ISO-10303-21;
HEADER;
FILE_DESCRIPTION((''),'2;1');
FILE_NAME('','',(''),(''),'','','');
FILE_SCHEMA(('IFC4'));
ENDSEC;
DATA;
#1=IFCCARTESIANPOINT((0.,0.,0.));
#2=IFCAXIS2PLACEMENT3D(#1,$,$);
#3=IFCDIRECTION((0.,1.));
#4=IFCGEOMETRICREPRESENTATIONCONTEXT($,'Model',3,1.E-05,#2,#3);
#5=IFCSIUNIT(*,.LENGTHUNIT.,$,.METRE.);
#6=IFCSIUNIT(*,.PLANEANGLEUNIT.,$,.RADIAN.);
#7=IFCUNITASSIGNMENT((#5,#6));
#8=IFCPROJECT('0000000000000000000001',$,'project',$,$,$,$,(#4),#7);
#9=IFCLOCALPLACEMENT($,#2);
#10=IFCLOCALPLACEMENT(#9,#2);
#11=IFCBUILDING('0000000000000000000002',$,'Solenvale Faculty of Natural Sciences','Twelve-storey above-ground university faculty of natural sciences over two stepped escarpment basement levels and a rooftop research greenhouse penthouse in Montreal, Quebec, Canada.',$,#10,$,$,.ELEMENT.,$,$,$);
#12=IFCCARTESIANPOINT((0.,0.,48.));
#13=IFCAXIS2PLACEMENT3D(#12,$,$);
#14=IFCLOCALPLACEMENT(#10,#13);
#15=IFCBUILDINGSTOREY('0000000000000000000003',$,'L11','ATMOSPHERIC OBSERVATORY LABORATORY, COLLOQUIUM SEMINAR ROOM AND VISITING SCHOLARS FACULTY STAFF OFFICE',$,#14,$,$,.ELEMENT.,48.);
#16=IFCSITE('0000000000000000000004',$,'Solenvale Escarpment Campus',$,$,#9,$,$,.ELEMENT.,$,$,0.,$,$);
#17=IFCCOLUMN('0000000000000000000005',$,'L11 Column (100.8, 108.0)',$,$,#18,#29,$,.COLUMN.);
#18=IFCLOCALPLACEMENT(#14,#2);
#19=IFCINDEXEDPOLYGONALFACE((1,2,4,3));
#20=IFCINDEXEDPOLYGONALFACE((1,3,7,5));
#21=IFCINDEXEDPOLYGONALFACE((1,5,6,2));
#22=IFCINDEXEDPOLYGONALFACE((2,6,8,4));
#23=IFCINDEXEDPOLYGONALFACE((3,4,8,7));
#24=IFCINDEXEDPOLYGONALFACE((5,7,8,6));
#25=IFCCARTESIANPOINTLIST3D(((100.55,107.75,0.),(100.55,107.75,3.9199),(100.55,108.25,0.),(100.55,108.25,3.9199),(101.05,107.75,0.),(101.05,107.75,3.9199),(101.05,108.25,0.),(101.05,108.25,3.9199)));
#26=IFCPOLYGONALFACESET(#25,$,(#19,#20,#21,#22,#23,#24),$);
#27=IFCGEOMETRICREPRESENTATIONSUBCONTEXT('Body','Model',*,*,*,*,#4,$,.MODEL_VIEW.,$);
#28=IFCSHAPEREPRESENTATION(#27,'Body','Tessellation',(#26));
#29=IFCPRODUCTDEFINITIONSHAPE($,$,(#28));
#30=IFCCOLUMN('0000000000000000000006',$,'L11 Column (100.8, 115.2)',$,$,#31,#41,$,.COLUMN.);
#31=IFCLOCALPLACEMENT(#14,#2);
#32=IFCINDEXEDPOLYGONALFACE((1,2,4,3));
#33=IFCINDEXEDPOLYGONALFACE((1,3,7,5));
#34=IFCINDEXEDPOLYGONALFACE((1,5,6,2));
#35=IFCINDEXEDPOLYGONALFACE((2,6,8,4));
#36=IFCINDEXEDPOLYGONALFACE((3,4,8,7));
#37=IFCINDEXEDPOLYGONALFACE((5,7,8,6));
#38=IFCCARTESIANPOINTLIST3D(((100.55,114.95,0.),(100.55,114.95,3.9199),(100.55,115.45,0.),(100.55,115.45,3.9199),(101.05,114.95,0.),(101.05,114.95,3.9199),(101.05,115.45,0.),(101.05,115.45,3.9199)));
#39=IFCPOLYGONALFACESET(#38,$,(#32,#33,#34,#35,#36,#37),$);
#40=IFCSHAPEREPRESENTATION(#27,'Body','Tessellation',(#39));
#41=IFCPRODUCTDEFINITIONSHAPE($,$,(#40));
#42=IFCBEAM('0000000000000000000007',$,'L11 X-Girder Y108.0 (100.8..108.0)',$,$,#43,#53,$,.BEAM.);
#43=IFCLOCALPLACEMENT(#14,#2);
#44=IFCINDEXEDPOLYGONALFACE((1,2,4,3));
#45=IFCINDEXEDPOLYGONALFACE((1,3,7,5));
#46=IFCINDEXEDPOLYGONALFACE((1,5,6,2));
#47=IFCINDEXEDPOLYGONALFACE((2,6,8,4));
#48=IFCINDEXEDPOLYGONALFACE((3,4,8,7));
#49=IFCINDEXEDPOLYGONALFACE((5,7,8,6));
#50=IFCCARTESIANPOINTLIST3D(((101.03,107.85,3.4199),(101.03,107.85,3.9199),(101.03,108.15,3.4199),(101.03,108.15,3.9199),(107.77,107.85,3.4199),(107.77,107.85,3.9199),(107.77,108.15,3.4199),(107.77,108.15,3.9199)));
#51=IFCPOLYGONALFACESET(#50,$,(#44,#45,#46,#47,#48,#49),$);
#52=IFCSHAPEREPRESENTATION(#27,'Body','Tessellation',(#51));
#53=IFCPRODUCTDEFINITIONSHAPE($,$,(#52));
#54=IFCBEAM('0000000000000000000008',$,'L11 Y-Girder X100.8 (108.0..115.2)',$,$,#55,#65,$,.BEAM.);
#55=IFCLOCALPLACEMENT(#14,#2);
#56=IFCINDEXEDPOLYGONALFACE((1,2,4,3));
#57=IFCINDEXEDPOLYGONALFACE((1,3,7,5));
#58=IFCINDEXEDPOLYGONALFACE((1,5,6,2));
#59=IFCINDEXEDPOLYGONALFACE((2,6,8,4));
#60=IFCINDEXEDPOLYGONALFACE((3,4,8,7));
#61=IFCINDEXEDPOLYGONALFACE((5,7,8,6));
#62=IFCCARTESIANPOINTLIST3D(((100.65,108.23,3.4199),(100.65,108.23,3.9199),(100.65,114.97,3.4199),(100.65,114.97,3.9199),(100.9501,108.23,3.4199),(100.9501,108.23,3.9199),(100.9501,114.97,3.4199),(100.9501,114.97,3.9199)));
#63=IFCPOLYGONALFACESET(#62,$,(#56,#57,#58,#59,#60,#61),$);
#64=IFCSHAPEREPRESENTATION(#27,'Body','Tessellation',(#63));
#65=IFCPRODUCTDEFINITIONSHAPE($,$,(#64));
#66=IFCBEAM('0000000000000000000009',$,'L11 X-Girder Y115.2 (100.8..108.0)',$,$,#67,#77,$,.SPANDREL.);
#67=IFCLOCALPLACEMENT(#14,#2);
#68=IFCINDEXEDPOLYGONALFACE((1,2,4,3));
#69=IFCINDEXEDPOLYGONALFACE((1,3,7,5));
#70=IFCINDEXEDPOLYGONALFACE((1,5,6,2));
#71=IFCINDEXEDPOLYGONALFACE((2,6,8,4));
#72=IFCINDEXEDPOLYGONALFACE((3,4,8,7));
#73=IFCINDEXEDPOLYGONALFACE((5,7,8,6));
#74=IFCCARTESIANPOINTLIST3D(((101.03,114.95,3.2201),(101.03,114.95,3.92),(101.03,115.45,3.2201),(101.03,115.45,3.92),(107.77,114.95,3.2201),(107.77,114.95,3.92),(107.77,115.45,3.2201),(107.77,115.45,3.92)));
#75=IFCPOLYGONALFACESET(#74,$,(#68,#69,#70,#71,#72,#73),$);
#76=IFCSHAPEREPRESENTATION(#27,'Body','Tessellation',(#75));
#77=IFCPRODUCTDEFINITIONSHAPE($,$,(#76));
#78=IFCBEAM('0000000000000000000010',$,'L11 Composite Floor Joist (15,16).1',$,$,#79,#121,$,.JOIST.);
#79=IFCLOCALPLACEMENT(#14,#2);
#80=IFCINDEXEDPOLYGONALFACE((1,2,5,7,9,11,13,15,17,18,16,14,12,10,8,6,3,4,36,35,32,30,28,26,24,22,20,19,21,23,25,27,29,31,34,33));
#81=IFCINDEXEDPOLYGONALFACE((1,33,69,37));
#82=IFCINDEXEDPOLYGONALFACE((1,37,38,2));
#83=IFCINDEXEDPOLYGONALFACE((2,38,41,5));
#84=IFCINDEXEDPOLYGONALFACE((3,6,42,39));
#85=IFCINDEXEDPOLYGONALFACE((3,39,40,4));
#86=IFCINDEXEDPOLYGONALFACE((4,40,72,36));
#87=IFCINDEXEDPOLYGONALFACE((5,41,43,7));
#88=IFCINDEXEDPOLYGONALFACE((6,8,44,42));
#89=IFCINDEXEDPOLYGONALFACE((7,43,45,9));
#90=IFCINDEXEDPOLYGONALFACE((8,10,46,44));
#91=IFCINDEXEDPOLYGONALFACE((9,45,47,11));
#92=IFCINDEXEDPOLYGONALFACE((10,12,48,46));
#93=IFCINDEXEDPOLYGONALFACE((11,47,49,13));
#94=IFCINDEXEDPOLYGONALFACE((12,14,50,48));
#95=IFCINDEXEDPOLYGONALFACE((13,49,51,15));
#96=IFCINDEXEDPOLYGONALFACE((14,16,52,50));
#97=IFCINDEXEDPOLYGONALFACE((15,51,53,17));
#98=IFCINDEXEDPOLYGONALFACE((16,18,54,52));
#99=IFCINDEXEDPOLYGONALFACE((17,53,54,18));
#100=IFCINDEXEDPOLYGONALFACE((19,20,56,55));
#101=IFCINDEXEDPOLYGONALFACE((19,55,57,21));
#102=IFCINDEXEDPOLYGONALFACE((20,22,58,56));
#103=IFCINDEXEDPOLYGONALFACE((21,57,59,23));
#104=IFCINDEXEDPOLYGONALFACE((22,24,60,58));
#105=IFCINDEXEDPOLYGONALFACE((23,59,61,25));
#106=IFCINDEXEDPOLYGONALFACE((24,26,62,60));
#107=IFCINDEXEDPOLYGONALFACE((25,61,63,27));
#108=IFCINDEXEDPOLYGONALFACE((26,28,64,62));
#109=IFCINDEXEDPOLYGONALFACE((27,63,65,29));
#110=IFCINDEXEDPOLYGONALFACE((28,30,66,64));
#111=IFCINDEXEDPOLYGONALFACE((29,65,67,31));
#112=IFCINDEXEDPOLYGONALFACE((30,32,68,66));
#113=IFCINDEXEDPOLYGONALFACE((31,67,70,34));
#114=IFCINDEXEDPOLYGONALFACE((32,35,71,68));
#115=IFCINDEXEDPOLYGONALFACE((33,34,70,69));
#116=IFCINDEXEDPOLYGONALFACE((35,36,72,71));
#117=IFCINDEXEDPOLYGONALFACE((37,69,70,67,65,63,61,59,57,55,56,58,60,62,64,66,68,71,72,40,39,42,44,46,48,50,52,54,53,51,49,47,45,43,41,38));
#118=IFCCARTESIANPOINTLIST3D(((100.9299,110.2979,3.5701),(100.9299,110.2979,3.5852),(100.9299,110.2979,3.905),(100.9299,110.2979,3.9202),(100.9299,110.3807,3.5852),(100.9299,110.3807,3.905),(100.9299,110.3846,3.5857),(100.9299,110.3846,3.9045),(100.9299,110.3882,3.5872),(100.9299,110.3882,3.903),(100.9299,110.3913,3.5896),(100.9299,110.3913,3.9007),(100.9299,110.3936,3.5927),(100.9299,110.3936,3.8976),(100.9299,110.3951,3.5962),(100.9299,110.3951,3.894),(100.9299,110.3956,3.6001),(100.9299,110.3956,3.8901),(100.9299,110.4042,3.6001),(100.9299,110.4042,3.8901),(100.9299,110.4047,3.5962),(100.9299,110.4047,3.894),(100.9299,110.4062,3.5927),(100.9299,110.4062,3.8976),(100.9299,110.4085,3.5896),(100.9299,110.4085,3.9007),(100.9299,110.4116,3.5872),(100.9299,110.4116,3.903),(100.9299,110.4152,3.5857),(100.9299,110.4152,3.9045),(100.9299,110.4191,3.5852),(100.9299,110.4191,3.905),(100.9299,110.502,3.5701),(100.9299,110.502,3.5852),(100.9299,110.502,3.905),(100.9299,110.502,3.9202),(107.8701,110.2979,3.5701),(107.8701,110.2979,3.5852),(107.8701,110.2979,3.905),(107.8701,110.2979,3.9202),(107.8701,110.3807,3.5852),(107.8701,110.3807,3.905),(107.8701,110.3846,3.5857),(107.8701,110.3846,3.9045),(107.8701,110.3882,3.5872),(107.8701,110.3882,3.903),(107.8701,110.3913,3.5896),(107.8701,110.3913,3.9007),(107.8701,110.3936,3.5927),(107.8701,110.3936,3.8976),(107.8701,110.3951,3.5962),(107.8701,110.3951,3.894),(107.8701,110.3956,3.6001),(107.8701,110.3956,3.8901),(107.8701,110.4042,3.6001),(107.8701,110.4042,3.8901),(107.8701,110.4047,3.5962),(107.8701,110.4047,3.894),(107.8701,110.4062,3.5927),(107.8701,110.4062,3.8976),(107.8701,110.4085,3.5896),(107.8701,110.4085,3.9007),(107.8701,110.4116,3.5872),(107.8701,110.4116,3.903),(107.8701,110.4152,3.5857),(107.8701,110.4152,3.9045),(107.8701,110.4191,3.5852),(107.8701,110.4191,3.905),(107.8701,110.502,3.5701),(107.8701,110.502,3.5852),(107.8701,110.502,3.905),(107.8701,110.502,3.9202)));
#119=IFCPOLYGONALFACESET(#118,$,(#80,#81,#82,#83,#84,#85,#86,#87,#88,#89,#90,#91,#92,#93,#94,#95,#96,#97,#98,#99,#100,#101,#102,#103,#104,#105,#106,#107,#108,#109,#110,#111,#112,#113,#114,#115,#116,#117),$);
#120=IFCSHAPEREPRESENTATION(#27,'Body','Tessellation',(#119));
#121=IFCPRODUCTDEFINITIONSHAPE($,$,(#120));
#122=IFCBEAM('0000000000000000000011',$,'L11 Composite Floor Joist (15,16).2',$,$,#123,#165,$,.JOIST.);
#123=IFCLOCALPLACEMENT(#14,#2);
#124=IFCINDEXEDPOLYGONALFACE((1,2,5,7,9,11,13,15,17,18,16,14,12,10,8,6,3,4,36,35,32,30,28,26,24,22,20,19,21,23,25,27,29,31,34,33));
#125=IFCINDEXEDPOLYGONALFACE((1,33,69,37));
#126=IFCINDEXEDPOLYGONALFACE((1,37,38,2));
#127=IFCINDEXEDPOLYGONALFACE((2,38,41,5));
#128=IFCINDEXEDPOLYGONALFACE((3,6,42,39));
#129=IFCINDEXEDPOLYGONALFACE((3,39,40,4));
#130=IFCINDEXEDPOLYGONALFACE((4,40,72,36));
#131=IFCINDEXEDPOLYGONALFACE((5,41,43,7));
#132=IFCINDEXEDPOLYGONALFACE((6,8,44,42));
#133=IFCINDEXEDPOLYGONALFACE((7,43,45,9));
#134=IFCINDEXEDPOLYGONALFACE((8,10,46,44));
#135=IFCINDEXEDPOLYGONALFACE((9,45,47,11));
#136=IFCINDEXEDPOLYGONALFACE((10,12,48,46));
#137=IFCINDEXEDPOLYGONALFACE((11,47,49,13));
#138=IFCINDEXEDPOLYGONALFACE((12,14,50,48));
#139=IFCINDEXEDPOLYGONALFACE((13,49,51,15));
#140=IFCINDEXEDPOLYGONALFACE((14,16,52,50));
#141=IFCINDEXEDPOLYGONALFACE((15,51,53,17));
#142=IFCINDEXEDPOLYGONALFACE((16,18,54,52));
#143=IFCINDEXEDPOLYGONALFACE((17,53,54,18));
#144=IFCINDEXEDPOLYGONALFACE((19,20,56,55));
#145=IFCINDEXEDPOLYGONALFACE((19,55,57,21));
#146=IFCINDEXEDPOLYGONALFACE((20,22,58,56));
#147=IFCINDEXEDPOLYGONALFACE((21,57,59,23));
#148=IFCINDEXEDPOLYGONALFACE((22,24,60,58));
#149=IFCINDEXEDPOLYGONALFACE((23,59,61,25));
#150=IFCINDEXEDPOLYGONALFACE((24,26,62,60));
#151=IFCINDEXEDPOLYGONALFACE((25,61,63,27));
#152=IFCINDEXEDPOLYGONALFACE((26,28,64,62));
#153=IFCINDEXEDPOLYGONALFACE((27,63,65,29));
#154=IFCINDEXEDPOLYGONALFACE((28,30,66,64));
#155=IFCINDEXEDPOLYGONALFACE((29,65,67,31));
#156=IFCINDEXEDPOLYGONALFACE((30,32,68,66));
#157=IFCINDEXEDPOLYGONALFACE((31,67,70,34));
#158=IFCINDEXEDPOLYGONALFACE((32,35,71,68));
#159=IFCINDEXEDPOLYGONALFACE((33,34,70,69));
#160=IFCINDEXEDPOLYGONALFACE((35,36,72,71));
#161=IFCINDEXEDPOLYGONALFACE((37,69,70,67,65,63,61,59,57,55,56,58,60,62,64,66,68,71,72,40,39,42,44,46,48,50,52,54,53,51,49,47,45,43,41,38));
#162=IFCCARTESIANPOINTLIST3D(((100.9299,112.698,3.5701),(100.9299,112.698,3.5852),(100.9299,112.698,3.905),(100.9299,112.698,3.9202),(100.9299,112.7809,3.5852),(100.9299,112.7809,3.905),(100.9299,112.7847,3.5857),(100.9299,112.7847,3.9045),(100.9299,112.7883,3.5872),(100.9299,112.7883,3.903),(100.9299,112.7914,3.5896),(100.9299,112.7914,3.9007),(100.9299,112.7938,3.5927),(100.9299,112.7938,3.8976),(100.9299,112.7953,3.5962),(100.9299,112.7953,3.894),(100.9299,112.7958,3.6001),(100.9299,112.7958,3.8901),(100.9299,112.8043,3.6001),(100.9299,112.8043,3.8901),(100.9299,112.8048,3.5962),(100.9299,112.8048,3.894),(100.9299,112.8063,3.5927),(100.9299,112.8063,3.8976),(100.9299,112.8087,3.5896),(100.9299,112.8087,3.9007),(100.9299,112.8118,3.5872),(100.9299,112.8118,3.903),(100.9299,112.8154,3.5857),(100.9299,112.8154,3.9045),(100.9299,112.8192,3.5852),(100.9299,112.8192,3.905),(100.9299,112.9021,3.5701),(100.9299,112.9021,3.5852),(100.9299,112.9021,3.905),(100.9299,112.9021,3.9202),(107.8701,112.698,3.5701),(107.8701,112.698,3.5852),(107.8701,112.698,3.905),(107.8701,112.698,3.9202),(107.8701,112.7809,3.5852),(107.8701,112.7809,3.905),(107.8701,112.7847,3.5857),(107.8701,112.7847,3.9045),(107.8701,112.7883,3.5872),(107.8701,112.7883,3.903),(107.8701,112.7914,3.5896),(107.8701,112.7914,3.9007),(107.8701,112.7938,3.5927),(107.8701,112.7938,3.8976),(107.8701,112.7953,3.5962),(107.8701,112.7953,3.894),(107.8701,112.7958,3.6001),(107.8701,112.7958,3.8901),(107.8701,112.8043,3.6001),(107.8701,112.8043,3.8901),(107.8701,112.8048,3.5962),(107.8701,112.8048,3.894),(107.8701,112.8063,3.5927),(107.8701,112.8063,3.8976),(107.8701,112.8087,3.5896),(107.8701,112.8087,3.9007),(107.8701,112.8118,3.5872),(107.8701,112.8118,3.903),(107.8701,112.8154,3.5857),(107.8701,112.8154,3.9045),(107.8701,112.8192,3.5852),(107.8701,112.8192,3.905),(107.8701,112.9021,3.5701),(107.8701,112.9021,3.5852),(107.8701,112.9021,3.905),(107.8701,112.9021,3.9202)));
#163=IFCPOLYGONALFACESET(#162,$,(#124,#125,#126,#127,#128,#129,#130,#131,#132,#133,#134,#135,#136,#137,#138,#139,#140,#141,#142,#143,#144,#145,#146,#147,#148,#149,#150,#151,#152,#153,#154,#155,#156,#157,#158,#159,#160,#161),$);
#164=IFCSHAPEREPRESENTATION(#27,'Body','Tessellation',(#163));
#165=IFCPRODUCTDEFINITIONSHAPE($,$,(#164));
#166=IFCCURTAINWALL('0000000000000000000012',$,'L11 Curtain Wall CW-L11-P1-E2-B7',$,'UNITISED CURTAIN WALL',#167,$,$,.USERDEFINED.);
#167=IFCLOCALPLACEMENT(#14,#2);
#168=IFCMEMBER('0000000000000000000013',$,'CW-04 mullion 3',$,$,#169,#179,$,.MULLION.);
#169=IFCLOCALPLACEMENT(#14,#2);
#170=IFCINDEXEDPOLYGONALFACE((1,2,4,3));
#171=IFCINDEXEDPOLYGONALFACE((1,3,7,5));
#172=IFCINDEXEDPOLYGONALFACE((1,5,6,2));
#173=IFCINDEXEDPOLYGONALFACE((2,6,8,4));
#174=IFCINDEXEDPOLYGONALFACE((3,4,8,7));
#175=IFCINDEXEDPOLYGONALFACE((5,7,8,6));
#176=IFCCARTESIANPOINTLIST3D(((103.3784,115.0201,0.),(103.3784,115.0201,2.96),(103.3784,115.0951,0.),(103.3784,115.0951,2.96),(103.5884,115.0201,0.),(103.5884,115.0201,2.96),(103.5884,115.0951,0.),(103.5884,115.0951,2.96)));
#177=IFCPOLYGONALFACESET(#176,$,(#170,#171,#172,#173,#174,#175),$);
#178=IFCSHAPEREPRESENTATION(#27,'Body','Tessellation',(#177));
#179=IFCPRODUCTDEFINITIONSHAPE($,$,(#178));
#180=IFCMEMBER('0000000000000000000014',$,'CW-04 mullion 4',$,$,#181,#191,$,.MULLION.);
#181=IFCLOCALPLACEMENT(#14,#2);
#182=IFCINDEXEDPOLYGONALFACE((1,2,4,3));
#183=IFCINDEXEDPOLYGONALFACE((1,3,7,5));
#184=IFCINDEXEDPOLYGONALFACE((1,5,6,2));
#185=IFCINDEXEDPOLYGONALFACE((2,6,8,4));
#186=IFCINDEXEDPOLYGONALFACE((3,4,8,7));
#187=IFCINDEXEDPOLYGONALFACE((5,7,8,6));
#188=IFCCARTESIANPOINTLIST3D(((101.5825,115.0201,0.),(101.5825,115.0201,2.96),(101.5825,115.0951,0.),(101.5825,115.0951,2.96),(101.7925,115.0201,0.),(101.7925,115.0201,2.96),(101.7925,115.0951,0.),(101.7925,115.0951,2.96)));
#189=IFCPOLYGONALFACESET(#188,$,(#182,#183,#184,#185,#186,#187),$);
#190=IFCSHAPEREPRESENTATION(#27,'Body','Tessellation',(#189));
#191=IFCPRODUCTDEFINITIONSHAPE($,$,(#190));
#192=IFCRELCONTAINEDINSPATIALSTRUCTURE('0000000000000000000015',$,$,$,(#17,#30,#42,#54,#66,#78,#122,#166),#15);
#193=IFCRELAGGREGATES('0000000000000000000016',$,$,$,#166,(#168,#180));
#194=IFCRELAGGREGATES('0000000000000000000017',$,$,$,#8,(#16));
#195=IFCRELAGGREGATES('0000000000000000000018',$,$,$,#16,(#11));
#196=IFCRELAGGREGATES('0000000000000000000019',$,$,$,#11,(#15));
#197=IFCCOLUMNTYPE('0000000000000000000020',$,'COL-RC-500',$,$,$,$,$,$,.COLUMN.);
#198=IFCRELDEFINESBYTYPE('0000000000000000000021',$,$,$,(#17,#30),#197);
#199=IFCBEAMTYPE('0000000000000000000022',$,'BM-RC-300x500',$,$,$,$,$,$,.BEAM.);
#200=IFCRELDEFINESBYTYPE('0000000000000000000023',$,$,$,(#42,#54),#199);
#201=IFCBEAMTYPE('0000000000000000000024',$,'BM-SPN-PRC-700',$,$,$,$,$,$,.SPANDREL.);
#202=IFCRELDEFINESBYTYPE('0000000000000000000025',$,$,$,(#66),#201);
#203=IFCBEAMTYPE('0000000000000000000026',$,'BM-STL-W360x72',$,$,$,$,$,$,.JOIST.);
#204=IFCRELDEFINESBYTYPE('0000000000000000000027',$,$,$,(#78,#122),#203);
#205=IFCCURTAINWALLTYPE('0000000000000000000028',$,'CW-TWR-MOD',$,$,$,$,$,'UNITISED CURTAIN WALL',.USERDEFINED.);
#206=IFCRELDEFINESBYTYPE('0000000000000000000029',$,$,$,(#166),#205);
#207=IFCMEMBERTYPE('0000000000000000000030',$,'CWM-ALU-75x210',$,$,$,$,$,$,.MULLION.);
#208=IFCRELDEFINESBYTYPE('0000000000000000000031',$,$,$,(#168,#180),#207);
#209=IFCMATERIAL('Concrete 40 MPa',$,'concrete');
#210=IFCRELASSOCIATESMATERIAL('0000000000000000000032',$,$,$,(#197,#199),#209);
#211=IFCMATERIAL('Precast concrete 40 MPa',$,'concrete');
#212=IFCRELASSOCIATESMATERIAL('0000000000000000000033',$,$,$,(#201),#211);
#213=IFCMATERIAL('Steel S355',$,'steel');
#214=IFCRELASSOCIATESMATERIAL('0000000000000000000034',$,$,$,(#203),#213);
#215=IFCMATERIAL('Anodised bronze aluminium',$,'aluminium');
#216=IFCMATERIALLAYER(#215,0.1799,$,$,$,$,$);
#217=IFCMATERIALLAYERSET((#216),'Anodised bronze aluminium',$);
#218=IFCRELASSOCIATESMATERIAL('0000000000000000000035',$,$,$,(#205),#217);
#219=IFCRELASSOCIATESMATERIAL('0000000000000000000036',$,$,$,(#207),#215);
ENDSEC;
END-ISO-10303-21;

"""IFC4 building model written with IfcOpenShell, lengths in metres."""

from ifc_helpers import new_model, si_unit, direction, frame, origin, origin_2d, place, context, subcontext, project, spatial, rectangle, i_section, extrude, material, layer, layer_set, material_profile, profile_set, type_object, element, aggregate, save


model = new_model("IFC4")

# Units and contexts
model_context = context("Model", 3, precision=1e-05, world=origin(), true_north=direction((0.0, 1.0)))
body_context = subcontext(model_context, "Body", "Model", "MODEL_VIEW")
ifc_project = project(units=[si_unit("LENGTHUNIT", "METRE"), si_unit("PLANEANGLEUNIT", "RADIAN")], contexts=[model_context])

# Site, building, storey
site_placement = place(None, origin())
site = spatial("IfcSite", under=ifc_project, at=site_placement, Name="Solenvale Escarpment Campus", CompositionType="ELEMENT", RefElevation=0.0)
building_placement = place(site_placement, origin())
building = spatial("IfcBuilding", under=site, at=building_placement, Name="Solenvale Faculty of Natural Sciences", Description="Twelve-storey above-ground university faculty of natural sciences over two stepped escarpment basement levels and a rooftop research greenhouse penthouse in Montreal, Quebec, Canada.", CompositionType="ELEMENT")
storey_placement = place(building_placement, frame((0.0, 0.0, 48.0)))
storey = spatial("IfcBuildingStorey", under=building, at=storey_placement, Name="L11", Description="ATMOSPHERIC OBSERVATORY LABORATORY, COLLOQUIUM SEMINAR ROOM AND VISITING SCHOLARS FACULTY STAFF OFFICE", CompositionType="ELEMENT", Elevation=48.0)

# Columns
ifc_material_1 = material(Name="Concrete 40 MPa", Category="concrete")
ifc_material_profile_1 = material_profile(ifc_material_1, rectangle(XDim=0.5, YDim=0.5, at=origin_2d()), Name="RC-COL-500x500")
ifc_profile_set_1 = profile_set([ifc_material_profile_1], Name="Concrete 40 MPa")
column_type = type_object("IfcColumnType", Name="COL-RC-500", PredefinedType="COLUMN", material=ifc_profile_set_1)
for number, where, z_axis, x_axis, name in (
    (1, (100.8, 108.0, 0.0), (0.0, 0.0, 1.0), (1.0, 0.0, 0.0), "L11 Column (100.8, 108.0)"),
    (2, (100.8, 115.2, 0.0), (0.0, 0.0, 1.0), (1.0, 0.0, 0.0), "L11 Column (100.8, 115.2)"),
):
    element("IfcColumn", number, at=place(storey_placement, frame(where, z_axis=z_axis, x_axis=x_axis)), inside=storey, type_object=column_type, Name=name, PredefinedType="COLUMN", context=body_context, shape_type="SweptSolid", body=[
        extrude(rectangle(XDim=0.5, YDim=0.5, at=origin_2d()), origin(), (0.0, 0.0, 1.0), 3.9199),
    ])

# Beams
ifc_material_profile_2 = material_profile(ifc_material_1, rectangle(XDim=0.3, YDim=0.5, at=origin_2d()), Name="RC-BM-300x500")
ifc_profile_set_2 = profile_set([ifc_material_profile_2], Name="Concrete 40 MPa")
beam_type_1 = type_object("IfcBeamType", Name="BM-RC-300x500", PredefinedType="BEAM", material=ifc_profile_set_2)
for number, where, z_axis, x_axis, name in (
    (3, (101.03, 108.0, 3.6699), (1.0, 0.0, 0.0), (0.0, 1.0, 0.0), "L11 X-Girder Y108.0 (100.8..108.0)"),
    (4, (100.8, 108.23, 3.6699), (0.0, 1.0, 0.0), (-1.0, 0.0, 0.0), "L11 Y-Girder X100.8 (108.0..115.2)"),
):
    element("IfcBeam", number, at=place(storey_placement, frame(where, z_axis=z_axis, x_axis=x_axis)), inside=storey, type_object=beam_type_1, Name=name, PredefinedType="BEAM", context=body_context, shape_type="SweptSolid", body=[
        extrude(rectangle(XDim=0.3, YDim=0.5, at=origin_2d()), origin(), (0.0, 0.0, 1.0), 6.74),
    ])
ifc_material_2 = material(Name="Precast concrete 40 MPa", Category="concrete")
ifc_material_profile_3 = material_profile(ifc_material_2, rectangle(XDim=0.5, YDim=0.7, at=origin_2d()), Name="RC-BM-500x700")
ifc_profile_set_3 = profile_set([ifc_material_profile_3], Name="Precast concrete 40 MPa")
beam_type_2 = type_object("IfcBeamType", Name="BM-SPN-PRC-700", PredefinedType="SPANDREL", material=ifc_profile_set_3)
beam_placement = place(storey_placement, frame((101.03, 115.2, 3.5701), z_axis=(1.0, 0.0, 0.0), x_axis=(0.0, 1.0, 0.0)))
element("IfcBeam", 5, at=beam_placement, inside=storey, type_object=beam_type_2, Name="L11 X-Girder Y115.2 (100.8..108.0)", PredefinedType="SPANDREL", context=body_context, shape_type="SweptSolid", body=[
    extrude(rectangle(XDim=0.5, YDim=0.7, at=origin_2d()), origin(), (0.0, 0.0, 1.0), 6.74),
])
ifc_material_3 = material(Name="Steel S355", Category="steel")
ifc_material_profile_4 = material_profile(ifc_material_3, i_section(OverallWidth=0.2041, OverallDepth=0.3501, WebThickness=0.0085, FlangeThickness=0.0151, FilletRadius=0.0149, at=origin_2d()), Name="W360x72")
ifc_profile_set_4 = profile_set([ifc_material_profile_4], Name="Steel S355")
beam_type_3 = type_object("IfcBeamType", Name="BM-STL-W360x72", PredefinedType="JOIST", material=ifc_profile_set_4)
for number, where, z_axis, x_axis, name in (
    (6, (100.9299, 110.3999, 3.7451), (1.0, 0.0, 0.0), (0.0, 1.0, 0.0), "L11 Composite Floor Joist (15,16).1"),
    (7, (100.9299, 112.8, 3.7451), (1.0, 0.0, 0.0), (0.0, 1.0, 0.0), "L11 Composite Floor Joist (15,16).2"),
):
    element("IfcBeam", number, at=place(storey_placement, frame(where, z_axis=z_axis, x_axis=x_axis)), inside=storey, type_object=beam_type_3, Name=name, PredefinedType="JOIST", context=body_context, shape_type="SweptSolid", body=[
        extrude(i_section(OverallWidth=0.2041, OverallDepth=0.3501, WebThickness=0.0085, FlangeThickness=0.0151, FilletRadius=0.0149, at=origin_2d()), origin(), (0.0, 0.0, 1.0), 6.9402),
    ])

# Curtain wall, members
ifc_material_4 = material(Name="Anodised bronze aluminium", Category="aluminium")
ifc_layer_1 = layer(ifc_material_4, 0.1799)
ifc_layer_set_1 = layer_set([ifc_layer_1], Name="Anodised bronze aluminium")
curtain_wall_type = type_object("IfcCurtainWallType", Name="CW-TWR-MOD", ElementType="UNITISED CURTAIN WALL", PredefinedType="USERDEFINED", material=ifc_layer_set_1)
curtain_wall_1_placement = place(storey_placement, origin())
curtain_wall_1 = element("IfcCurtainWall", 8, at=curtain_wall_1_placement, inside=storey, type_object=curtain_wall_type, Name="L11 Curtain Wall CW-L11-P1-E2-B7", ObjectType="UNITISED CURTAIN WALL", PredefinedType="USERDEFINED")
ifc_material_profile_5 = material_profile(ifc_material_4, rectangle(XDim=0.075, YDim=0.21, at=origin_2d()), Name="ALU-MUL-75x210")
ifc_profile_set_5 = profile_set([ifc_material_profile_5], Name="Anodised bronze aluminium")
member_type_1 = type_object("IfcMemberType", Name="CWM-ALU-75x210", PredefinedType="MULLION", material=ifc_profile_set_5)
member_1_placement = place(storey_placement, frame((103.4834, 115.0576, 0.0), z_axis=(0.0, 0.0, 1.0), x_axis=(0.0, -1.0, 0.0)))
member_1 = element("IfcMember", 9, at=member_1_placement, type_object=member_type_1, Name="CW-04 mullion 3", PredefinedType="MULLION", context=body_context, shape_type="SweptSolid", body=[
    extrude(rectangle(XDim=0.075, YDim=0.21, at=origin_2d()), origin(), (0.0, 0.0, 1.0), 2.96),
])
member_2_placement = place(storey_placement, frame((101.6875, 115.0576, 0.0), z_axis=(0.0, 0.0, 1.0), x_axis=(0.0, -1.0, 0.0)))
member_2 = element("IfcMember", 10, at=member_2_placement, type_object=member_type_1, Name="CW-04 mullion 4", PredefinedType="MULLION", context=body_context, shape_type="SweptSolid", body=[
    extrude(rectangle(XDim=0.075, YDim=0.21, at=origin_2d()), origin(), (0.0, 0.0, 1.0), 2.96),
])

aggregate(curtain_wall_1, [member_1, member_2])

save(model, "model.ifc")
